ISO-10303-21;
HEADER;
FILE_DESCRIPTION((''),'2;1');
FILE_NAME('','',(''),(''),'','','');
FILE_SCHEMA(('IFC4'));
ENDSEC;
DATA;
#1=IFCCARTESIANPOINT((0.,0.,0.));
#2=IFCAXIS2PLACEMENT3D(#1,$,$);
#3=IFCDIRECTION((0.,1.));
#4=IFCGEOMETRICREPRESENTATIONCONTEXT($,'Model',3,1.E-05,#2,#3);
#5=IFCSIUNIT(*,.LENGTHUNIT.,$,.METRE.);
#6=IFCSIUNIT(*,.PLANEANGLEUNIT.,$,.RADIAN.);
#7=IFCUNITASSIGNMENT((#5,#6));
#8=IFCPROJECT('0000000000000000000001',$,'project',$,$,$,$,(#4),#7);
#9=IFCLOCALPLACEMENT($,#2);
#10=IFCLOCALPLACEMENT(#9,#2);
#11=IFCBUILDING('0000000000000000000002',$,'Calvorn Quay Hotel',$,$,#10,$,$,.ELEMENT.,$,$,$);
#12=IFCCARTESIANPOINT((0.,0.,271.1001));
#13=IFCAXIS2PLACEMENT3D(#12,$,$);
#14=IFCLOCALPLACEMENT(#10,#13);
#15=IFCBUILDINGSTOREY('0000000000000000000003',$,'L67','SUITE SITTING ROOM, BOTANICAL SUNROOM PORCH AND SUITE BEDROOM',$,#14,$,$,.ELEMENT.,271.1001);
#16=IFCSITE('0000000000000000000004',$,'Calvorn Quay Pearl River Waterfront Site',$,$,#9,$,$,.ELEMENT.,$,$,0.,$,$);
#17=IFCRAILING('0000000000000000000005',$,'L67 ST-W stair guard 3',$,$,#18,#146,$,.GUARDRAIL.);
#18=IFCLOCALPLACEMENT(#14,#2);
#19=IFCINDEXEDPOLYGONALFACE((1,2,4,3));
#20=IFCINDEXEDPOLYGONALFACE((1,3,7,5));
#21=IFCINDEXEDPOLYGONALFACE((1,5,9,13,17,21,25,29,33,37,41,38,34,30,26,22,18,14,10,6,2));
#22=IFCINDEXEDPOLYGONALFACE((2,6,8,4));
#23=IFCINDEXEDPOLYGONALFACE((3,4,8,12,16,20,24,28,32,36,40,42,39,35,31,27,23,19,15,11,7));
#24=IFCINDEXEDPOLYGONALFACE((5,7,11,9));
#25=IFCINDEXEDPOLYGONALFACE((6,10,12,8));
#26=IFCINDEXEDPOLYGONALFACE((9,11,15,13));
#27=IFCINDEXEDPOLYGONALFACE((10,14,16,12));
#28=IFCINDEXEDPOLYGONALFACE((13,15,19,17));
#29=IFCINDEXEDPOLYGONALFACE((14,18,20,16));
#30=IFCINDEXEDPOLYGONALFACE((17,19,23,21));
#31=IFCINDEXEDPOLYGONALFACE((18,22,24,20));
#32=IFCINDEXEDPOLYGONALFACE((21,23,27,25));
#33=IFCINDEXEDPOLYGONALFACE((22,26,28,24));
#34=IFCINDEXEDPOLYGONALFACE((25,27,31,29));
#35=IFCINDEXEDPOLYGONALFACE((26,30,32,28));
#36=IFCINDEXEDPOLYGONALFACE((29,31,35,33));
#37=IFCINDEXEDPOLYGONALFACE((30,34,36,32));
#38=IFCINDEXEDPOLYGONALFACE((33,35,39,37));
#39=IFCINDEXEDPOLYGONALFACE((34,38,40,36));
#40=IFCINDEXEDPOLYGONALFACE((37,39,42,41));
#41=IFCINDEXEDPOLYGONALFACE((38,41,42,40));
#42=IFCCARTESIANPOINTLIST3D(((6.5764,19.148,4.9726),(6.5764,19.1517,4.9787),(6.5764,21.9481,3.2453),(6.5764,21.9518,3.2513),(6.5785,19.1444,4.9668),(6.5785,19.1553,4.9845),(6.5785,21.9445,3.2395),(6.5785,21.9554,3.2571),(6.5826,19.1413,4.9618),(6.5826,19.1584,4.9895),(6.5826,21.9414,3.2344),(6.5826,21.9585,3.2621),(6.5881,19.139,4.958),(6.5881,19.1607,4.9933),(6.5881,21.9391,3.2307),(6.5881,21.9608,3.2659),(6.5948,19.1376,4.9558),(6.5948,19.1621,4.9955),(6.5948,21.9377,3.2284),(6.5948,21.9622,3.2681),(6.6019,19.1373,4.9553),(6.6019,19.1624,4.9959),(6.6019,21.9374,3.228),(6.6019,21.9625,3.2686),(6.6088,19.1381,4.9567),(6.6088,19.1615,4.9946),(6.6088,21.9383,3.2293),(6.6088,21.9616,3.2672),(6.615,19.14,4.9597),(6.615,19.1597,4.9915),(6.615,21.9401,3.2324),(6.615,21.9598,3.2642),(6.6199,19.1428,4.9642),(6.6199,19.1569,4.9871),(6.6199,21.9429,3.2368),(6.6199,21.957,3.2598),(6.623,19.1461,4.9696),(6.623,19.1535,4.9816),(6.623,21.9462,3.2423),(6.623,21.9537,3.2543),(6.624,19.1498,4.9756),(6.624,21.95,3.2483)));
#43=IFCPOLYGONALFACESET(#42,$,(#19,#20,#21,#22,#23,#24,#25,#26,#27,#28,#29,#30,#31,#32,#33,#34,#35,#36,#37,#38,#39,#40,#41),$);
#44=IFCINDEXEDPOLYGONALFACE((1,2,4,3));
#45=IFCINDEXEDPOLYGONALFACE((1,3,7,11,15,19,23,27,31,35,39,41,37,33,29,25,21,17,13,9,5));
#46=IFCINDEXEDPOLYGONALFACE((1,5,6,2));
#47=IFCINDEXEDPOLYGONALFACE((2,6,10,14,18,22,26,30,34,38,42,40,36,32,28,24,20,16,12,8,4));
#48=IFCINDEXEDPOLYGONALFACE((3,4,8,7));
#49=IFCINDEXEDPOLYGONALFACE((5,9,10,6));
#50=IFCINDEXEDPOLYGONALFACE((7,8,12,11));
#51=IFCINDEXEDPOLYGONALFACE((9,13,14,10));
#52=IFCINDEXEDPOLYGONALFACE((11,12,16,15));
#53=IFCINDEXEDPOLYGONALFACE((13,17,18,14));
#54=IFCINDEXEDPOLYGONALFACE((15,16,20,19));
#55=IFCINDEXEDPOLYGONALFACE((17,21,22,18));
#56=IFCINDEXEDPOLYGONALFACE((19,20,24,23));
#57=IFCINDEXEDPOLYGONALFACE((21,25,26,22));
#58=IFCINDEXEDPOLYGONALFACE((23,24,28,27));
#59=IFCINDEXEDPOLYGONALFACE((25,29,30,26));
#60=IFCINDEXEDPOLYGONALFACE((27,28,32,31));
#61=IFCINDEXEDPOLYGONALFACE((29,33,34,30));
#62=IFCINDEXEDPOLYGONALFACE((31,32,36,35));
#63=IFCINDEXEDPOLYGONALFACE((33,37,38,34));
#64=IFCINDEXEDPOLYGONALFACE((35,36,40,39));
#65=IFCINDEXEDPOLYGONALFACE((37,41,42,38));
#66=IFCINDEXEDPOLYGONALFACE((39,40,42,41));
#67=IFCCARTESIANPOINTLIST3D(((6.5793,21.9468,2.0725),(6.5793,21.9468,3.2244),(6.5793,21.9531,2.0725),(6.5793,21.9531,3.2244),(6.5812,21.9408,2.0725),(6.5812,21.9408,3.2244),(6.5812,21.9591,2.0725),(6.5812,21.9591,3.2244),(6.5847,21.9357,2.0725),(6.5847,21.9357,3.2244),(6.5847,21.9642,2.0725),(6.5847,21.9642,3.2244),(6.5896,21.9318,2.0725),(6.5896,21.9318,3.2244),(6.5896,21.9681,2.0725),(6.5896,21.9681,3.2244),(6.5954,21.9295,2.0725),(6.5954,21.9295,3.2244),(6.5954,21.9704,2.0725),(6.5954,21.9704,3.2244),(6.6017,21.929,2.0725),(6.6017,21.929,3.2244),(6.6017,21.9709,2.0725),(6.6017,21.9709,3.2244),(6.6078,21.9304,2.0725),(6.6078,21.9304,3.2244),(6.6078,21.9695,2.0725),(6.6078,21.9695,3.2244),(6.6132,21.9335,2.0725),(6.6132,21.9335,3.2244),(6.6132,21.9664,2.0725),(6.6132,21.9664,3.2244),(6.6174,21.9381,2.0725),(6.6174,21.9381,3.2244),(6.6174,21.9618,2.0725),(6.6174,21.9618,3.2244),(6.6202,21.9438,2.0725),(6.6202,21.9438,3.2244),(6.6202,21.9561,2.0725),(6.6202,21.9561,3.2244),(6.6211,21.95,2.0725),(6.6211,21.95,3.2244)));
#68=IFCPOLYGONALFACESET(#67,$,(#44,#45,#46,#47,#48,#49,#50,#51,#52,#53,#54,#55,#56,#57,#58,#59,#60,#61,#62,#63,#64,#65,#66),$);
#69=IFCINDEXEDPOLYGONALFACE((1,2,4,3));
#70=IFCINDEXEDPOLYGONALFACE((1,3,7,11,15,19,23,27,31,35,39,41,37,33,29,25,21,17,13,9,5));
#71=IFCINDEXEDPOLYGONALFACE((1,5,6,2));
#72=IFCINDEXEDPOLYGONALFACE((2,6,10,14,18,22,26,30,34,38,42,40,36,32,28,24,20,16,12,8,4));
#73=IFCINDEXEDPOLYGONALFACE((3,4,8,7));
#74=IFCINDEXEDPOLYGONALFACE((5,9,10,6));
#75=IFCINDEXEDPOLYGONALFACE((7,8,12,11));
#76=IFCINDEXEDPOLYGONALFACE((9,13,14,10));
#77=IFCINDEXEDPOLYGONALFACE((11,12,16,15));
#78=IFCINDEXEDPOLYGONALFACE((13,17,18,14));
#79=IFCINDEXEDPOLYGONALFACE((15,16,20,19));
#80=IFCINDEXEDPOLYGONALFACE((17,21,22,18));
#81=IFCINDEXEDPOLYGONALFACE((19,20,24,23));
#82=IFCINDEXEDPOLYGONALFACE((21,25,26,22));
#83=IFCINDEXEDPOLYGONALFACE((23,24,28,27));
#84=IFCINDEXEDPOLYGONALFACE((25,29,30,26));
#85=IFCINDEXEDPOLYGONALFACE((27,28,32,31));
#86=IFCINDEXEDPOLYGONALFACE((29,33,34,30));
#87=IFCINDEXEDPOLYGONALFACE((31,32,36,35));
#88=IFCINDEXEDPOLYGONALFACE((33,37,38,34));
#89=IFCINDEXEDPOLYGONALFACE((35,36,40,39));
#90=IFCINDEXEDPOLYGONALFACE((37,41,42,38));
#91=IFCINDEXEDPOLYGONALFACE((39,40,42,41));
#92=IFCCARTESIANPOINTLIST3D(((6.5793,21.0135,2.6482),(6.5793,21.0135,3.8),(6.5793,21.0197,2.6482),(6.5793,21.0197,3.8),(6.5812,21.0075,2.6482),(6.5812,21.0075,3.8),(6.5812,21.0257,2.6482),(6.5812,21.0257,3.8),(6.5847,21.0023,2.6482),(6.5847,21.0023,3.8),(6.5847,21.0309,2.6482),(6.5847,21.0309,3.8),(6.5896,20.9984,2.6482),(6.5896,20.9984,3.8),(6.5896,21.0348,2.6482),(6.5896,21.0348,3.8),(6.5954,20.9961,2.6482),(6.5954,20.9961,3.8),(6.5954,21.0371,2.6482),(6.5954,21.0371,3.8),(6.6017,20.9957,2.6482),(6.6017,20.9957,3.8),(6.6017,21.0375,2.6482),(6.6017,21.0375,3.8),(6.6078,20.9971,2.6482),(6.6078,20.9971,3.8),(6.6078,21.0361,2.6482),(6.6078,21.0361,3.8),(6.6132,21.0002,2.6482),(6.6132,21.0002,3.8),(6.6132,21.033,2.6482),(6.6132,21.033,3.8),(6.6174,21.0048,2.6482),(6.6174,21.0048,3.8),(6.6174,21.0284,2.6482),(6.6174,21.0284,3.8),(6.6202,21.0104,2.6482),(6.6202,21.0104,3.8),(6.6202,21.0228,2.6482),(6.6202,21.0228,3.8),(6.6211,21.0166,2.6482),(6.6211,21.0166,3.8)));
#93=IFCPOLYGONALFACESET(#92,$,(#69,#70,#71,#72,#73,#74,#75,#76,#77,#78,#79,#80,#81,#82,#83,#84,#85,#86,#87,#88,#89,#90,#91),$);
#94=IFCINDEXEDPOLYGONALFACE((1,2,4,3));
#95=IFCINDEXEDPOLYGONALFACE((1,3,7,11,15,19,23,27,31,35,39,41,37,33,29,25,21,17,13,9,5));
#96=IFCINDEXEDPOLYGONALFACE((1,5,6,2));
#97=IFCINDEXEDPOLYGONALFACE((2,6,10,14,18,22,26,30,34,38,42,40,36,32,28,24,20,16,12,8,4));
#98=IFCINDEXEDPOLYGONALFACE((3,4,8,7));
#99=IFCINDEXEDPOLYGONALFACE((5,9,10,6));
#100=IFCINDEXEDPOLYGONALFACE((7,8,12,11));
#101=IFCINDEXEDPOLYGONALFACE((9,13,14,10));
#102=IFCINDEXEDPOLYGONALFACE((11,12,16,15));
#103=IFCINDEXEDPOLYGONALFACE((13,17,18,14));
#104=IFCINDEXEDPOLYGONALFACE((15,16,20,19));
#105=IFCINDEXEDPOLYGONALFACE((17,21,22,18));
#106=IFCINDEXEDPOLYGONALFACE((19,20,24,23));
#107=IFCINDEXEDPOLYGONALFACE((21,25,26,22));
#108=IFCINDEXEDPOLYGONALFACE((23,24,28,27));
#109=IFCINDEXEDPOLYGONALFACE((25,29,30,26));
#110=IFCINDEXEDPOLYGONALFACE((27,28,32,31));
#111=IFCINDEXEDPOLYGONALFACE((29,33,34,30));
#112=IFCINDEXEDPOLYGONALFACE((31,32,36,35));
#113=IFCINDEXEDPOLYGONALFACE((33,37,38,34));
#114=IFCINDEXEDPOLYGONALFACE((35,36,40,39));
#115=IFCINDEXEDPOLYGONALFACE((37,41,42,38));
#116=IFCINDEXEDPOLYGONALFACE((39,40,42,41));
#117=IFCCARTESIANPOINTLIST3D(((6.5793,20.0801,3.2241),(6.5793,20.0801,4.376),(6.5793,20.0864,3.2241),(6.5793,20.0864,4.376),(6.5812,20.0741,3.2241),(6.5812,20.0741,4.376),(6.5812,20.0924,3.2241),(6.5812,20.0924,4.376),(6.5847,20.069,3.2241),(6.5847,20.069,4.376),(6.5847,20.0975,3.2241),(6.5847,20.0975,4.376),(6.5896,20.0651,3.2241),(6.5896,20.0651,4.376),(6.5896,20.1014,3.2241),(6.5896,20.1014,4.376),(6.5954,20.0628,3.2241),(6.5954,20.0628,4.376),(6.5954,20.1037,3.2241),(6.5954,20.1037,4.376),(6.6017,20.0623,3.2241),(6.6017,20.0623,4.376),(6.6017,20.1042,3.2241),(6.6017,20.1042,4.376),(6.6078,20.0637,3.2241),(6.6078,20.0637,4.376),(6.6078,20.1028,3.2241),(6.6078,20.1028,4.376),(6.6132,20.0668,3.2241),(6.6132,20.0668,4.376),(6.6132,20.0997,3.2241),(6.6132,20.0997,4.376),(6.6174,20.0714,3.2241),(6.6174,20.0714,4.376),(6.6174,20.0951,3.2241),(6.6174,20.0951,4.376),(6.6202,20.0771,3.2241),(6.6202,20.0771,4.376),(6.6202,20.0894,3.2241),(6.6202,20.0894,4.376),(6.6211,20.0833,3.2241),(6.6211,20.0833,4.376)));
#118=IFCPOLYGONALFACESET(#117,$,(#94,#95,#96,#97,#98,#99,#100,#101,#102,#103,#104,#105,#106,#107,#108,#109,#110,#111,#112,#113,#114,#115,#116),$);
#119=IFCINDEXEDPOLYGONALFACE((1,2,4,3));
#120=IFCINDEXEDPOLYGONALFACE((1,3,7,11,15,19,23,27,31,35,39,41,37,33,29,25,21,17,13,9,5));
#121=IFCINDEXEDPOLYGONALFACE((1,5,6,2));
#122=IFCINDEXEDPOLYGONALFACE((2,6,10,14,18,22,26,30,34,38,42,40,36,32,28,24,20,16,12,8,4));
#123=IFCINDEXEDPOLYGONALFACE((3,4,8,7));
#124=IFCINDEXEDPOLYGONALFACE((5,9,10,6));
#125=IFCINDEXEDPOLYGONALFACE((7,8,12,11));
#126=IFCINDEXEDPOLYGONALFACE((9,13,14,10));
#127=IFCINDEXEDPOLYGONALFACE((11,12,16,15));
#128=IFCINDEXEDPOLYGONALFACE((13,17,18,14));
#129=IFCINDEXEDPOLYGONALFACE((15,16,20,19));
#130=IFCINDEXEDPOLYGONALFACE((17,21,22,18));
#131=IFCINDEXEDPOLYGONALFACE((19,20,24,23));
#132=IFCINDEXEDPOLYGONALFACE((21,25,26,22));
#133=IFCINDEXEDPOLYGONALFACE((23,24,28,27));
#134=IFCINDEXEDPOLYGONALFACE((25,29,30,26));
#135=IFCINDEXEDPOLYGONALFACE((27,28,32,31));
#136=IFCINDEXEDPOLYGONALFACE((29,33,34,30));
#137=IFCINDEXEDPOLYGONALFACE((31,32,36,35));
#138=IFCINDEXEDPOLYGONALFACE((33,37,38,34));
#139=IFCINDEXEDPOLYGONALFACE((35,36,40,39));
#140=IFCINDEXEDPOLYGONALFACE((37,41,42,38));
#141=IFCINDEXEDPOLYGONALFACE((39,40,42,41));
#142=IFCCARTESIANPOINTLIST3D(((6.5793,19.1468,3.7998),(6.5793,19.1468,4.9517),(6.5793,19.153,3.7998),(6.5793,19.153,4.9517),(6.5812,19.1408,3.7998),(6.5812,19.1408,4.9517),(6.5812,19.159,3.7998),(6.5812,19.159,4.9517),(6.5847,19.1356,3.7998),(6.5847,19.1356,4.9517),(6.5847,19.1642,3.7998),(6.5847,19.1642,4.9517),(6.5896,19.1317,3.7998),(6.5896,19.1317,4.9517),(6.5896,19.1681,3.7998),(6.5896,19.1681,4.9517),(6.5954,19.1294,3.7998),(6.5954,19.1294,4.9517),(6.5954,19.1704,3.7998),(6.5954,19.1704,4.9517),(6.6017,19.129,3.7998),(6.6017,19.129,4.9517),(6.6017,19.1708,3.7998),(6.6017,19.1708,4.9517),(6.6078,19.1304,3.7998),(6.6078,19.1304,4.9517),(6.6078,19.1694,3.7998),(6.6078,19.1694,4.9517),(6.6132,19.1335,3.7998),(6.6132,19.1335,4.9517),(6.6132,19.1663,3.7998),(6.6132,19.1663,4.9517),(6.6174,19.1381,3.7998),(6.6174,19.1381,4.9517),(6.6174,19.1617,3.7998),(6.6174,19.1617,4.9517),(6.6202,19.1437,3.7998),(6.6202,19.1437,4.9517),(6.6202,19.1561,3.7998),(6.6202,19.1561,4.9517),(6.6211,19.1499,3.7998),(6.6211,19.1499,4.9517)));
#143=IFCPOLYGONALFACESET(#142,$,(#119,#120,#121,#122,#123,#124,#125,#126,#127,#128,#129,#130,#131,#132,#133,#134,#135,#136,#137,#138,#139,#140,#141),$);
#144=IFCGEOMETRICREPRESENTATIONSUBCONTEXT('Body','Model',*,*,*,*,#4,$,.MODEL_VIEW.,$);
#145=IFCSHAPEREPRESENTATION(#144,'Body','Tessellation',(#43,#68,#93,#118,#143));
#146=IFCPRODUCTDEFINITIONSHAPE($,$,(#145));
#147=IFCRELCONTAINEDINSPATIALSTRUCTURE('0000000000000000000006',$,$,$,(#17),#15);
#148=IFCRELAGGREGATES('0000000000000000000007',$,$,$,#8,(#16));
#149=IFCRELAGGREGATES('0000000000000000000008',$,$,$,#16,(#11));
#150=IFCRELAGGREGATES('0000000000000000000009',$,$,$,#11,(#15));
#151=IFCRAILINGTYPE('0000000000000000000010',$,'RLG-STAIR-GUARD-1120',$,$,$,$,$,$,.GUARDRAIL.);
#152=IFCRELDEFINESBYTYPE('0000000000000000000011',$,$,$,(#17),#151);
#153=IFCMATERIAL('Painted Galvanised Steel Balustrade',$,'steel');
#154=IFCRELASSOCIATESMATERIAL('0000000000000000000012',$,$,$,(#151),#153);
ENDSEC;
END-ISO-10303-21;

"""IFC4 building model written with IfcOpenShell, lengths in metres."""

from ifc_helpers import new_model, si_unit, direction, frame, origin, origin_2d, place, context, subcontext, project, spatial, circle, extrude, material, type_object, element, save


model = new_model("IFC4")

# Units and contexts
model_context = context("Model", 3, precision=1e-05, world=origin(), true_north=direction((0.0, 1.0)))
body_context = subcontext(model_context, "Body", "Model", "MODEL_VIEW")
ifc_project = project(units=[si_unit("LENGTHUNIT", "METRE"), si_unit("PLANEANGLEUNIT", "RADIAN")], contexts=[model_context])

# Site, building, storey
site_placement = place(None, origin())
site = spatial("IfcSite", under=ifc_project, at=site_placement, Name="Calvorn Quay Pearl River Waterfront Site", CompositionType="ELEMENT", RefElevation=0.0)
building_placement = place(site_placement, origin())
building = spatial("IfcBuilding", under=site, at=building_placement, Name="Calvorn Quay Hotel", CompositionType="ELEMENT")
storey_placement = place(building_placement, frame((0.0, 0.0, 271.1001)))
storey = spatial("IfcBuildingStorey", under=building, at=storey_placement, Name="L67", Description="SUITE SITTING ROOM, BOTANICAL SUNROOM PORCH AND SUITE BEDROOM", CompositionType="ELEMENT", Elevation=271.1001)

# Railing
ifc_material_1 = material(Name="Painted Galvanised Steel Balustrade", Category="steel")
railing_type_1 = type_object("IfcRailingType", Name="RLG-STAIR-GUARD-1120", PredefinedType="GUARDRAIL", material=ifc_material_1)
railing_1_placement = place(storey_placement, frame((6.6001, 21.95, 2.0725)))
element("IfcRailing", 1, at=railing_1_placement, inside=storey, type_object=railing_type_1, Name="L67 ST-W stair guard 3", PredefinedType="GUARDRAIL", context=body_context, shape_type="SweptSolid", body=[
    extrude(circle(Radius=0.0239, at=origin_2d()), frame((0.0, 0.0, 1.1758), z_axis=(0.0, -0.85109, 0.52502), x_axis=(1.0, 0.0, 0.0)), (0.0, 0.0, 1.0), 3.29),
    extrude(circle(Radius=0.021, at=origin_2d()), origin(), (0.0, 0.0, 1.0), 1.1519),
    extrude(circle(Radius=0.021, at=origin_2d()), frame((0.0, -0.9333, 0.5757)), (0.0, 0.0, 1.0), 1.1519),
    extrude(circle(Radius=0.021, at=origin_2d()), frame((0.0, -1.8667, 1.1516)), (0.0, 0.0, 1.0), 1.1519),
    extrude(circle(Radius=0.021, at=origin_2d()), frame((0.0, -2.8, 1.7273)), (0.0, 0.0, 1.0), 1.1519),
])

save(model, "model.ifc")
